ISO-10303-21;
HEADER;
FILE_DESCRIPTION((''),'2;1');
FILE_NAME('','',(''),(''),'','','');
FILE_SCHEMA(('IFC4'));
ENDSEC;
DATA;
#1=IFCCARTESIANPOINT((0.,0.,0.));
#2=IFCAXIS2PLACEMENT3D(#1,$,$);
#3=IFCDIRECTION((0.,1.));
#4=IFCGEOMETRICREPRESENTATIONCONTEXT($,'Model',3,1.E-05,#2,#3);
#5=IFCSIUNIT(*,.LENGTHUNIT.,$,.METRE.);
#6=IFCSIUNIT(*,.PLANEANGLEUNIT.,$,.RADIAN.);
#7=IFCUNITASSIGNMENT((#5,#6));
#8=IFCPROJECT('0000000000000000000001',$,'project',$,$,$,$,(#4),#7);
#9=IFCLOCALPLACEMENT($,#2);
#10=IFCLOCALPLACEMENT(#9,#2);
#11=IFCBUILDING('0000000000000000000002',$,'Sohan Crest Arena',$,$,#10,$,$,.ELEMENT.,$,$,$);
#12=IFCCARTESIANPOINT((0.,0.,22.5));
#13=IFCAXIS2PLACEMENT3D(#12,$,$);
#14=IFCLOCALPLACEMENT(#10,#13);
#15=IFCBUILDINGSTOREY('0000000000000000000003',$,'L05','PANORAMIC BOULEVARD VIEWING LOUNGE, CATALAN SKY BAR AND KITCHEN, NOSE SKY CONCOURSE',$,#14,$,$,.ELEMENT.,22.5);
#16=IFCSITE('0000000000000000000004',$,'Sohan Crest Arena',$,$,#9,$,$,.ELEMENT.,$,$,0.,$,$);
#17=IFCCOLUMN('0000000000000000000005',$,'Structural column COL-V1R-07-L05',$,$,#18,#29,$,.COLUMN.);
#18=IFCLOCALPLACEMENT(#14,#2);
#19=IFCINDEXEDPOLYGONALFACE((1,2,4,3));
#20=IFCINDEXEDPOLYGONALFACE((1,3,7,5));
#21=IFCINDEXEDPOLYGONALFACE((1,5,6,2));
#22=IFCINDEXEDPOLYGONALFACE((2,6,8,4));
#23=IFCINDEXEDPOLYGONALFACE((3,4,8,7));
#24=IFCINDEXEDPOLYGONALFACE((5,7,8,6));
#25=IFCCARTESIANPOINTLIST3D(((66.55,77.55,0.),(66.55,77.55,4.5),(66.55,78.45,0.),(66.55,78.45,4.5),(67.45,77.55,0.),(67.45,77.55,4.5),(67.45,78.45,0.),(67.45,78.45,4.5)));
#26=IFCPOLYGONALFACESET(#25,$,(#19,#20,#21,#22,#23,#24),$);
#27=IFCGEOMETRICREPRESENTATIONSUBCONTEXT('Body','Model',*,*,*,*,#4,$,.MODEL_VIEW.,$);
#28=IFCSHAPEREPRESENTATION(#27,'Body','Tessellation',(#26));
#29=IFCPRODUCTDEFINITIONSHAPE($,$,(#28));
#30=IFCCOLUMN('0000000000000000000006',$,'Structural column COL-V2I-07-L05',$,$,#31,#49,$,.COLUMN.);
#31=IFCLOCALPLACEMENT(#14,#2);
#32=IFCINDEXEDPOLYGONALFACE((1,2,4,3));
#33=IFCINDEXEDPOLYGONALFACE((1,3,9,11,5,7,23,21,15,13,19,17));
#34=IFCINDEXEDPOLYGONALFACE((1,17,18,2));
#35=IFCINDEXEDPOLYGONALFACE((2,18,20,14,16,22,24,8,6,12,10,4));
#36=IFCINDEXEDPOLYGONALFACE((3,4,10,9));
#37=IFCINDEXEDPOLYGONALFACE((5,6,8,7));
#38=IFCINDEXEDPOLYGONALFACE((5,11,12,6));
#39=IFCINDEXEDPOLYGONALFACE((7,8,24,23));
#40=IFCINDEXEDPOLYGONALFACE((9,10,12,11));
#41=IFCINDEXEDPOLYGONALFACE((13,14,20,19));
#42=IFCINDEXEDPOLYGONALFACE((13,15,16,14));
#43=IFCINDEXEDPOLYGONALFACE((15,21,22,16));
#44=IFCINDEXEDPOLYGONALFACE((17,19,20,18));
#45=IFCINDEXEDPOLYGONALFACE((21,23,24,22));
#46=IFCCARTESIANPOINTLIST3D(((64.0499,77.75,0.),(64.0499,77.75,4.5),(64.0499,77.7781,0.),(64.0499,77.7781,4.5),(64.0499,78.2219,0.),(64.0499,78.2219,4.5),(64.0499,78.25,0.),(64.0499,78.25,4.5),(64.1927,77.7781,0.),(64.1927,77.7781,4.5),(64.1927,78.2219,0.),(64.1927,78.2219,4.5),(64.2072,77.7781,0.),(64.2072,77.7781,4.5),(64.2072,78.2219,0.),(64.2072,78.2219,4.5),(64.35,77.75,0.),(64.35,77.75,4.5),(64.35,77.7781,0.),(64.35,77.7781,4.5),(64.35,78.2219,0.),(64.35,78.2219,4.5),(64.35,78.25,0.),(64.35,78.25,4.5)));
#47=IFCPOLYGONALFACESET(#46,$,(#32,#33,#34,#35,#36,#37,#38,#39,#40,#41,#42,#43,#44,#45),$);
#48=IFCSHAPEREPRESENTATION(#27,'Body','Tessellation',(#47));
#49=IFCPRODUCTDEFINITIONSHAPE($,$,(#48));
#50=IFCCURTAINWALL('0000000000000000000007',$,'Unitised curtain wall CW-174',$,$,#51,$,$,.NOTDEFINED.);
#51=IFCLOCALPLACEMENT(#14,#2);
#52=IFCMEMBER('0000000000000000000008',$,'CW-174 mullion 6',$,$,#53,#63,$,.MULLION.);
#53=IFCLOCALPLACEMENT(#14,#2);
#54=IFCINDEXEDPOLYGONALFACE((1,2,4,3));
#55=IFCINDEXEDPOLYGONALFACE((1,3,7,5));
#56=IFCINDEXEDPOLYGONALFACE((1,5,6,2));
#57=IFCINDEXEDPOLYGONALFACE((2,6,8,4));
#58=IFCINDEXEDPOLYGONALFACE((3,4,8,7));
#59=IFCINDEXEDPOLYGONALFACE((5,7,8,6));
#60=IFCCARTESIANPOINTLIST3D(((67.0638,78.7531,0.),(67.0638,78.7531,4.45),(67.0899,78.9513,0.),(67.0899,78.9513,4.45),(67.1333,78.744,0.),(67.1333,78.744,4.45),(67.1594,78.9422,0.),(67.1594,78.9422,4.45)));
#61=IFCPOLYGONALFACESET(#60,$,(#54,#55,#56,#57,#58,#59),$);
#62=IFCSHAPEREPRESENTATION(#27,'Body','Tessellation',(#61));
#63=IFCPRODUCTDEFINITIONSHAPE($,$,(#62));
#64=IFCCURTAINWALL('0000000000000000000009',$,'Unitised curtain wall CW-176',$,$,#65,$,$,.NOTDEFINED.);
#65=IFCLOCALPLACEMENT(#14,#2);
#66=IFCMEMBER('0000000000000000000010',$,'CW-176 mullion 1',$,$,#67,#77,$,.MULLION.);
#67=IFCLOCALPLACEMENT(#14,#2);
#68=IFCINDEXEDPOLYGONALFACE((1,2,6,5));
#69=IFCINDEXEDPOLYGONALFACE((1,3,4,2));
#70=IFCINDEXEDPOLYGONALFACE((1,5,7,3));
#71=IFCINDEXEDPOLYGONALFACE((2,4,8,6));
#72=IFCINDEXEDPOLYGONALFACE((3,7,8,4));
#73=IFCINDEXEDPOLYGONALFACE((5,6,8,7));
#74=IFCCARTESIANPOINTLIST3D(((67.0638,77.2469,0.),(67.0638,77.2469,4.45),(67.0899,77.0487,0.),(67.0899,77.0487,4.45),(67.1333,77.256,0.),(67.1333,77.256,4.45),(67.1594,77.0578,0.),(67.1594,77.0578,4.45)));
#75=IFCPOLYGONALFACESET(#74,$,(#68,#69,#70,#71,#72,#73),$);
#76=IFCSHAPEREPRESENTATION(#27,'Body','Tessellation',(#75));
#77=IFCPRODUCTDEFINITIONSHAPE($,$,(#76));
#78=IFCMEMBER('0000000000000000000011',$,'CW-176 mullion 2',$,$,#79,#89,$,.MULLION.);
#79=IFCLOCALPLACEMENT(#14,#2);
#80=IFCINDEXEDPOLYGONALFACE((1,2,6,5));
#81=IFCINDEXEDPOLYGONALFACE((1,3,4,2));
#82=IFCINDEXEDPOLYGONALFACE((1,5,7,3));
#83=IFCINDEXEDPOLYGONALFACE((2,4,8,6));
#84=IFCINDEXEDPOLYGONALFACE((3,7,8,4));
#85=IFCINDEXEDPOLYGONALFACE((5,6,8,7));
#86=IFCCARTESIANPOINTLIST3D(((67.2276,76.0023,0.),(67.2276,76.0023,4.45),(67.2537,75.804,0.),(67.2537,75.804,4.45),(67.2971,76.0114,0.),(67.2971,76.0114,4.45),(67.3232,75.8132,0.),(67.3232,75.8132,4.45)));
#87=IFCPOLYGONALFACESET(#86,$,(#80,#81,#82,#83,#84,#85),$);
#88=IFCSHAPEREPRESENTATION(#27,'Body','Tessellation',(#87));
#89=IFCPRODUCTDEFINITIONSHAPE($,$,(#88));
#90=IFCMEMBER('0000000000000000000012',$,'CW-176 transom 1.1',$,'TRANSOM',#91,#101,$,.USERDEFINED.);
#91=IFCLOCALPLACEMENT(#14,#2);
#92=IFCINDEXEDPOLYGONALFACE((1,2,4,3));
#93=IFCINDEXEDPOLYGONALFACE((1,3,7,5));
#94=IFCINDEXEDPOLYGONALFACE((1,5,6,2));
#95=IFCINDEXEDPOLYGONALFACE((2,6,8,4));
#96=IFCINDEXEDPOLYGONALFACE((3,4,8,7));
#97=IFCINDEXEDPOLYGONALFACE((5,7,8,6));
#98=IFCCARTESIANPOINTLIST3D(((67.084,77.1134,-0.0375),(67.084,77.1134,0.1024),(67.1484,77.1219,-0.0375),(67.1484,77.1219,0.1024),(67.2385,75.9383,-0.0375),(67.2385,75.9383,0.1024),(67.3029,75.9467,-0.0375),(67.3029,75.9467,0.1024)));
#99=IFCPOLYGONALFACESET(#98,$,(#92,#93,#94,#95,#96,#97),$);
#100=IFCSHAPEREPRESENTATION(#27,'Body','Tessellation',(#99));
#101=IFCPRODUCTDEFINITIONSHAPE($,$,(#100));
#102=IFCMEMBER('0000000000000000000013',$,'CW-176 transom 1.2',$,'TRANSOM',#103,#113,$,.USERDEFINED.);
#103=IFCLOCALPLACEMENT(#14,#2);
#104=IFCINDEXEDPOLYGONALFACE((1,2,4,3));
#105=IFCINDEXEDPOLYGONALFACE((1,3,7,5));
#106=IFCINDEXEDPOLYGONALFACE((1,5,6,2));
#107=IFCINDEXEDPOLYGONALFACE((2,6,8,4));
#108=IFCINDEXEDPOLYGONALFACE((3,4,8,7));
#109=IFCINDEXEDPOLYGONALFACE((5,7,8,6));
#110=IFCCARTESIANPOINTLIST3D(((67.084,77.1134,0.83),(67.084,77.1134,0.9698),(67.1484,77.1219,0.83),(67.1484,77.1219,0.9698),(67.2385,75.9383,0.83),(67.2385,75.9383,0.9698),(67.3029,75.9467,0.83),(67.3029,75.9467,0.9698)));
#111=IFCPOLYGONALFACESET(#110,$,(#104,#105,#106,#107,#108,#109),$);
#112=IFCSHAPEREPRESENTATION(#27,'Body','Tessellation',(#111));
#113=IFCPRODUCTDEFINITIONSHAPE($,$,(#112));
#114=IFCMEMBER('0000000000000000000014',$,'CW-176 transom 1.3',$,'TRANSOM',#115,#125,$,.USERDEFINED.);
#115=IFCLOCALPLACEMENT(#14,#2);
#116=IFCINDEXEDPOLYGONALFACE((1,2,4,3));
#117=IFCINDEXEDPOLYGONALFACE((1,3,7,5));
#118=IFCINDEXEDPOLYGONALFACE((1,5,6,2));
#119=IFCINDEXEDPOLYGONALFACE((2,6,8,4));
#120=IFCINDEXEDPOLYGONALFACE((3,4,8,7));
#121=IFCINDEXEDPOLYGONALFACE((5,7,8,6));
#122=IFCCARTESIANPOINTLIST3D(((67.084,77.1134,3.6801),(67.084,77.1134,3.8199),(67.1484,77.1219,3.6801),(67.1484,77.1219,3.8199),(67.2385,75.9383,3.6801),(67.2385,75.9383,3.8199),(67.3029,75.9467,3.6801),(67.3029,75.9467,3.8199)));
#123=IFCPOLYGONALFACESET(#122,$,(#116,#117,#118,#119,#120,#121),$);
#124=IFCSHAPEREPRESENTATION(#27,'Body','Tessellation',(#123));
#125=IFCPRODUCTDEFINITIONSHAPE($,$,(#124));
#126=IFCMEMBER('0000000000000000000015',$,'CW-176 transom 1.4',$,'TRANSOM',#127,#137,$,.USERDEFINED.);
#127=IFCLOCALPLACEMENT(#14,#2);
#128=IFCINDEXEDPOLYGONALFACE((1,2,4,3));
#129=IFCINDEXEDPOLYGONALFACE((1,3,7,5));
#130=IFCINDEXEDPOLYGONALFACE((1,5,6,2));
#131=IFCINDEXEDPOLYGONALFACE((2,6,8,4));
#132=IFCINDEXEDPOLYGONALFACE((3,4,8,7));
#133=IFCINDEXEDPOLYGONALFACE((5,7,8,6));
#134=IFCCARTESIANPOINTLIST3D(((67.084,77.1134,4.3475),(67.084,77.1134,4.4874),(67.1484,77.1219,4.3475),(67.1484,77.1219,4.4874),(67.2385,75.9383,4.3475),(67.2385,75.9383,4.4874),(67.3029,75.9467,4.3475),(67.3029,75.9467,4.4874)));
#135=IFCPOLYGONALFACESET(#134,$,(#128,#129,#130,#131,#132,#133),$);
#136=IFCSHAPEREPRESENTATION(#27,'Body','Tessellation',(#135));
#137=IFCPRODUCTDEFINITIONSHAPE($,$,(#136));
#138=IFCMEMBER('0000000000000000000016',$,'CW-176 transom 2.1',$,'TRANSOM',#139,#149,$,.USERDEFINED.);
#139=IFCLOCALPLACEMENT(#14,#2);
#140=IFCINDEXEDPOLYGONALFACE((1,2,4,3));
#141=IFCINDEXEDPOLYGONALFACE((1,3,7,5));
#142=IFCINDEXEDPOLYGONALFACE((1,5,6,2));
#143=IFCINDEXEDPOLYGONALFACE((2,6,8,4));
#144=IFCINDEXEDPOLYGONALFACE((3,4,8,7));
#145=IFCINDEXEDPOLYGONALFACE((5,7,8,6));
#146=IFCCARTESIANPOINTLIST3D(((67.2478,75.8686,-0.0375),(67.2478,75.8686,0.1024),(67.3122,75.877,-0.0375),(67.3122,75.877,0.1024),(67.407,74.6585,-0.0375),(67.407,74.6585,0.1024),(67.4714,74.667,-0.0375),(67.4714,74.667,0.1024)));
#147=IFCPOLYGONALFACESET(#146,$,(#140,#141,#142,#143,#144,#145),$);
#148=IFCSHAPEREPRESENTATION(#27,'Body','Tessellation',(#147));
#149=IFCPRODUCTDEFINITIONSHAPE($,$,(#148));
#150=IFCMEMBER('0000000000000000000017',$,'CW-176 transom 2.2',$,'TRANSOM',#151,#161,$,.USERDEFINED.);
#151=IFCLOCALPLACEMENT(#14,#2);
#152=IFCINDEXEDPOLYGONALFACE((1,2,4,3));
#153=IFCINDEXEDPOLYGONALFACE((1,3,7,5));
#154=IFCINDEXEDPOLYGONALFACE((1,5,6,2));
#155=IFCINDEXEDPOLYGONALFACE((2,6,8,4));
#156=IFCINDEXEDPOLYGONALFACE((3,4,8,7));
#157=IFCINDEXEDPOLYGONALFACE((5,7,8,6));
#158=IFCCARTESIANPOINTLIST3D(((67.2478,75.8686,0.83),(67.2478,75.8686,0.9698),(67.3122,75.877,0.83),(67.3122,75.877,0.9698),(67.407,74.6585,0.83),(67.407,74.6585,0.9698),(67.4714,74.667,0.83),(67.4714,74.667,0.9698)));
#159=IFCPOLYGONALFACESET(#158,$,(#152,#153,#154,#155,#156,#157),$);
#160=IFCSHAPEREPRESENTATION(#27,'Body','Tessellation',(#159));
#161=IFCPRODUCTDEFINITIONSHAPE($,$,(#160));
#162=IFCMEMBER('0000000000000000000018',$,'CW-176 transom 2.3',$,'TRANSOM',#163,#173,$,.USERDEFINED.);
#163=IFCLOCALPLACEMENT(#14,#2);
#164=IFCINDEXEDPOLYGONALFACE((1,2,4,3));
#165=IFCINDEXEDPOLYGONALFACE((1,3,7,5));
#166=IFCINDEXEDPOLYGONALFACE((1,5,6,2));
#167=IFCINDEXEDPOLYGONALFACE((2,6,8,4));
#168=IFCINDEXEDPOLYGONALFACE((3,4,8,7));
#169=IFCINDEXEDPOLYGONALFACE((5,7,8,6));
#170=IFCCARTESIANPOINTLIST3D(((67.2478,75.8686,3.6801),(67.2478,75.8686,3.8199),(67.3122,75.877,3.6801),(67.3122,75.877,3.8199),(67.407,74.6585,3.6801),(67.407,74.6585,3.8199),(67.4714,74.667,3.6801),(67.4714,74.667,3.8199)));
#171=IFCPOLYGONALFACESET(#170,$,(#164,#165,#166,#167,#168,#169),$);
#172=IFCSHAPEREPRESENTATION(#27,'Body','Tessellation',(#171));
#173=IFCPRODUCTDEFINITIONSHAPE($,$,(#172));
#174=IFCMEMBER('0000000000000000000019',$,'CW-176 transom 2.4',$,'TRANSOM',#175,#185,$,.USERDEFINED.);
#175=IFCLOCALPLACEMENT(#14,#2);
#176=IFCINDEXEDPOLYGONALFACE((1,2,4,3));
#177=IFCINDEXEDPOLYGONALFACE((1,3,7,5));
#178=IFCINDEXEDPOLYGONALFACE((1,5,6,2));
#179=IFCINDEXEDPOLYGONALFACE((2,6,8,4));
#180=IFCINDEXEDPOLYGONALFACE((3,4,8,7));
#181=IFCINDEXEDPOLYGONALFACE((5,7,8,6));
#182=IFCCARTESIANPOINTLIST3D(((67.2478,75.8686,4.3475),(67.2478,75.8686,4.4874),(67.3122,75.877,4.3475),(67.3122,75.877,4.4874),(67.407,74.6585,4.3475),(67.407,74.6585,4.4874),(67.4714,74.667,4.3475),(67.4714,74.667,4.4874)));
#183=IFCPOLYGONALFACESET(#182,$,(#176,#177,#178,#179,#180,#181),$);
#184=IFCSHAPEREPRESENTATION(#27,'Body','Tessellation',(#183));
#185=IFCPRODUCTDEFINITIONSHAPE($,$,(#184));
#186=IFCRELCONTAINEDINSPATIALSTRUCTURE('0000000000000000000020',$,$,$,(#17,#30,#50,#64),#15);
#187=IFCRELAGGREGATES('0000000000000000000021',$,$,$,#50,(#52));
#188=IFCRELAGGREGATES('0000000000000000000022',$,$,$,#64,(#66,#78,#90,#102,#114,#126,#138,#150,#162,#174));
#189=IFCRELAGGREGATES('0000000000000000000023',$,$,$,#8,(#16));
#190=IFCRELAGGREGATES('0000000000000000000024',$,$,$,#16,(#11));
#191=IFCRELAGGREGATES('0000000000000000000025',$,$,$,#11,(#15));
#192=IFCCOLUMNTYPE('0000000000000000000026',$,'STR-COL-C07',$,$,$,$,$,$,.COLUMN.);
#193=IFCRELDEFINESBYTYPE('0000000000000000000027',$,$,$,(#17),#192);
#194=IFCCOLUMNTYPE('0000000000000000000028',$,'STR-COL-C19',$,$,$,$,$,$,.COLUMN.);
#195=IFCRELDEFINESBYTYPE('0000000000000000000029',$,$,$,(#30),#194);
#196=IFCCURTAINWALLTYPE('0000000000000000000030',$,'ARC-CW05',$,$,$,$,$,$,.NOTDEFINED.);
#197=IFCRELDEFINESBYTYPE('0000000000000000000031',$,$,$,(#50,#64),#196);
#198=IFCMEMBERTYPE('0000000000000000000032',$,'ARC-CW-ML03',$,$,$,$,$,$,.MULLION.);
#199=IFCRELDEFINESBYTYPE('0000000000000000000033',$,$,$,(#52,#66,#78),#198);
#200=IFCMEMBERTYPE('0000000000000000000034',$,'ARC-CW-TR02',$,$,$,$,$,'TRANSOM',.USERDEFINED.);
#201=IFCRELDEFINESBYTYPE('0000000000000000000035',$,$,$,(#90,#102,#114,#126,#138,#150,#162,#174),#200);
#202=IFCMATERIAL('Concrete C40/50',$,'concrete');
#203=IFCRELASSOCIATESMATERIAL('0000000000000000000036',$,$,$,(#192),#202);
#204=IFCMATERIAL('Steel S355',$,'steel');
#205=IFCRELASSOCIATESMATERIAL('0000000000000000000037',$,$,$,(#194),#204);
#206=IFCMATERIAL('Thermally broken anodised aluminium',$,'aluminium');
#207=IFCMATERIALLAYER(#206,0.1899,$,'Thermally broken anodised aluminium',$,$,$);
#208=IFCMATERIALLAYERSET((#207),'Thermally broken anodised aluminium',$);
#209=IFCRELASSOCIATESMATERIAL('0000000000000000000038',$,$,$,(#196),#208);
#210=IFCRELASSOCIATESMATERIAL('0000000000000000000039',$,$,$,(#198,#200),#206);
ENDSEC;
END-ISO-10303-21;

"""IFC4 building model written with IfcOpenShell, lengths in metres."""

from ifc_helpers import new_model, si_unit, direction, frame, origin, origin_2d, place, context, subcontext, project, spatial, rectangle, i_section, extrude, material, layer, layer_set, material_profile, profile_set, type_object, element, aggregate, save


model = new_model("IFC4")

# Units and contexts
model_context = context("Model", 3, precision=1e-05, world=origin(), true_north=direction((0.0, 1.0)))
body_context = subcontext(model_context, "Body", "Model", "MODEL_VIEW")
ifc_project = project(units=[si_unit("LENGTHUNIT", "METRE"), si_unit("PLANEANGLEUNIT", "RADIAN")], contexts=[model_context])

# Site, building, storey
site_placement = place(None, origin())
site = spatial("IfcSite", under=ifc_project, at=site_placement, Name="Sohan Crest Arena", CompositionType="ELEMENT", RefElevation=0.0)
building_placement = place(site_placement, origin())
building = spatial("IfcBuilding", under=site, at=building_placement, Name="Sohan Crest Arena", CompositionType="ELEMENT")
storey_placement = place(building_placement, frame((0.0, 0.0, 22.5)))
storey = spatial("IfcBuildingStorey", under=building, at=storey_placement, Name="L05", Description="PANORAMIC BOULEVARD VIEWING LOUNGE, CATALAN SKY BAR AND KITCHEN, NOSE SKY CONCOURSE", CompositionType="ELEMENT", Elevation=22.5)

# Columns
ifc_material_1 = material(Name="Concrete C40/50", Category="concrete")
ifc_material_profile_1 = material_profile(ifc_material_1, rectangle(XDim=0.8999, YDim=0.8999, at=origin_2d()), Name="RC 900x900")
ifc_profile_set_1 = profile_set([ifc_material_profile_1], Name="Concrete C40/50")
column_type_1 = type_object("IfcColumnType", Name="STR-COL-C07", PredefinedType="COLUMN", material=ifc_profile_set_1)
column_1_placement = place(storey_placement, frame((67.0, 78.0, 0.0), z_axis=(0.0, 0.0, 1.0), x_axis=(1.0, 0.0, 0.0)))
element("IfcColumn", 1, at=column_1_placement, inside=storey, type_object=column_type_1, Name="Structural column COL-V1R-07-L05", PredefinedType="COLUMN", context=body_context, shape_type="SweptSolid", body=[
    extrude(rectangle(XDim=0.8999, YDim=0.8999, at=origin_2d()), origin(), (0.0, 0.0, 1.0), 4.5),
])
ifc_material_2 = material(Name="Steel S355", Category="steel")
ifc_material_profile_2 = material_profile(ifc_material_2, i_section(OverallWidth=0.3, OverallDepth=0.5, WebThickness=0.0144, FlangeThickness=0.0281, at=origin_2d()), Name="HEB 500")
ifc_profile_set_2 = profile_set([ifc_material_profile_2], Name="Steel S355")
column_type_2 = type_object("IfcColumnType", Name="STR-COL-C19", PredefinedType="COLUMN", material=ifc_profile_set_2)
column_2_placement = place(storey_placement, frame((64.2, 78.0, 0.0), z_axis=(0.0, 0.0, 1.0), x_axis=(1.0, 0.0, 0.0)))
element("IfcColumn", 2, at=column_2_placement, inside=storey, type_object=column_type_2, Name="Structural column COL-V2I-07-L05", PredefinedType="COLUMN", context=body_context, shape_type="SweptSolid", body=[
    extrude(i_section(OverallWidth=0.3, OverallDepth=0.5, WebThickness=0.0144, FlangeThickness=0.0281, at=origin_2d()), origin(), (0.0, 0.0, 1.0), 4.5),
])

# Curtain wall, member
ifc_material_3 = material(Name="Thermally broken anodised aluminium", Category="aluminium")
ifc_layer_1 = layer(ifc_material_3, 0.1899, Name="Thermally broken anodised aluminium")
ifc_layer_set_1 = layer_set([ifc_layer_1], Name="Thermally broken anodised aluminium")
curtain_wall_type = type_object("IfcCurtainWallType", Name="ARC-CW05", PredefinedType="NOTDEFINED", material=ifc_layer_set_1)
curtain_wall_1_placement = place(storey_placement, origin())
curtain_wall_1 = element("IfcCurtainWall", 3, at=curtain_wall_1_placement, inside=storey, type_object=curtain_wall_type, Name="Unitised curtain wall CW-174", PredefinedType="NOTDEFINED")
ifc_material_profile_3 = material_profile(ifc_material_3, rectangle(XDim=0.0701, YDim=0.2, at=origin_2d()), Name="ALU-MULL 70x200")
ifc_profile_set_3 = profile_set([ifc_material_profile_3], Name="Thermally broken anodised aluminium")
member_type_1 = type_object("IfcMemberType", Name="ARC-CW-ML03", PredefinedType="MULLION", material=ifc_profile_set_3)
member_1_placement = place(storey_placement, frame((67.1116, 78.8477, 0.0), z_axis=(0.0, 0.0, 1.0), x_axis=(0.991448, -0.130499, 0.0)))
member_1 = element("IfcMember", 4, at=member_1_placement, type_object=member_type_1, Name="CW-174 mullion 6", PredefinedType="MULLION", context=body_context, shape_type="SweptSolid", body=[
    extrude(rectangle(XDim=0.0701, YDim=0.2, at=origin_2d()), origin(), (0.0, 0.0, 1.0), 4.45),
])

# Curtain wall, members
curtain_wall_2_placement = place(storey_placement, origin())
curtain_wall_2 = element("IfcCurtainWall", 5, at=curtain_wall_2_placement, inside=storey, type_object=curtain_wall_type, Name="Unitised curtain wall CW-176", PredefinedType="NOTDEFINED")
member_2_placement = place(storey_placement, frame((67.1116, 77.1523, 0.0), z_axis=(0.0, 0.0, 1.0), x_axis=(0.991448, 0.130499, 0.0)))
member_2 = element("IfcMember", 6, at=member_2_placement, type_object=member_type_1, Name="CW-176 mullion 1", PredefinedType="MULLION", context=body_context, shape_type="SweptSolid", body=[
    extrude(rectangle(XDim=0.0701, YDim=0.2, at=origin_2d()), origin(), (0.0, 0.0, 1.0), 4.45),
])
member_3_placement = place(storey_placement, frame((67.2754, 75.9077, 0.0), z_axis=(0.0, 0.0, 1.0), x_axis=(0.991448, 0.130499, 0.0)))
member_3 = element("IfcMember", 7, at=member_3_placement, type_object=member_type_1, Name="CW-176 mullion 2", PredefinedType="MULLION", context=body_context, shape_type="SweptSolid", body=[
    extrude(rectangle(XDim=0.0701, YDim=0.2, at=origin_2d()), origin(), (0.0, 0.0, 1.0), 4.45),
])
ifc_material_profile_4 = material_profile(ifc_material_3, rectangle(XDim=0.0649, YDim=0.1399, at=origin_2d()), Name="ALU-TRAN 65x140")
ifc_profile_set_4 = profile_set([ifc_material_profile_4], Name="Thermally broken anodised aluminium")
member_type_2 = type_object("IfcMemberType", Name="ARC-CW-TR02", ElementType="TRANSOM", PredefinedType="USERDEFINED", material=ifc_profile_set_4)
member_4_placement = place(storey_placement, frame((67.1162, 77.1177, 0.0325), z_axis=(0.130369, -0.991466, 0.0), x_axis=(0.991466, 0.130369, 0.0)))
member_4 = element("IfcMember", 8, at=member_4_placement, type_object=member_type_2, Name="CW-176 transom 1.1", ObjectType="TRANSOM", PredefinedType="USERDEFINED", context=body_context, shape_type="SweptSolid", body=[
    extrude(rectangle(XDim=0.0649, YDim=0.1399, at=origin_2d()), origin(), (0.0, 0.0, 1.0), 1.1853),
])
member_5_placement = place(storey_placement, frame((67.1162, 77.1177, 0.8999), z_axis=(0.130369, -0.991466, 0.0), x_axis=(0.991466, 0.130369, 0.0)))
member_5 = element("IfcMember", 9, at=member_5_placement, type_object=member_type_2, Name="CW-176 transom 1.2", ObjectType="TRANSOM", PredefinedType="USERDEFINED", context=body_context, shape_type="SweptSolid", body=[
    extrude(rectangle(XDim=0.0649, YDim=0.1399, at=origin_2d()), origin(), (0.0, 0.0, 1.0), 1.1853),
])
member_6_placement = place(storey_placement, frame((67.1162, 77.1177, 3.75), z_axis=(0.130369, -0.991466, 0.0), x_axis=(0.991466, 0.130369, 0.0)))
member_6 = element("IfcMember", 10, at=member_6_placement, type_object=member_type_2, Name="CW-176 transom 1.3", ObjectType="TRANSOM", PredefinedType="USERDEFINED", context=body_context, shape_type="SweptSolid", body=[
    extrude(rectangle(XDim=0.0649, YDim=0.1399, at=origin_2d()), origin(), (0.0, 0.0, 1.0), 1.1853),
])
member_7_placement = place(storey_placement, frame((67.1162, 77.1177, 4.4175), z_axis=(0.130369, -0.991466, 0.0), x_axis=(0.991466, 0.130369, 0.0)))
member_7 = element("IfcMember", 11, at=member_7_placement, type_object=member_type_2, Name="CW-176 transom 1.4", ObjectType="TRANSOM", PredefinedType="USERDEFINED", context=body_context, shape_type="SweptSolid", body=[
    extrude(rectangle(XDim=0.0649, YDim=0.1399, at=origin_2d()), origin(), (0.0, 0.0, 1.0), 1.1853),
])
member_8_placement = place(storey_placement, frame((67.28, 75.8728, 0.0325), z_axis=(0.130434, -0.991457, 0.0), x_axis=(0.991457, 0.130434, 0.0)))
member_8 = element("IfcMember", 12, at=member_8_placement, type_object=member_type_2, Name="CW-176 transom 2.1", ObjectType="TRANSOM", PredefinedType="USERDEFINED", context=body_context, shape_type="SweptSolid", body=[
    extrude(rectangle(XDim=0.0649, YDim=0.1399, at=origin_2d()), origin(), (0.0, 0.0, 1.0), 1.2205),
])
member_9_placement = place(storey_placement, frame((67.28, 75.8728, 0.8999), z_axis=(0.130434, -0.991457, 0.0), x_axis=(0.991457, 0.130434, 0.0)))
member_9 = element("IfcMember", 13, at=member_9_placement, type_object=member_type_2, Name="CW-176 transom 2.2", ObjectType="TRANSOM", PredefinedType="USERDEFINED", context=body_context, shape_type="SweptSolid", body=[
    extrude(rectangle(XDim=0.0649, YDim=0.1399, at=origin_2d()), origin(), (0.0, 0.0, 1.0), 1.2205),
])
member_10_placement = place(storey_placement, frame((67.28, 75.8728, 3.75), z_axis=(0.130434, -0.991457, 0.0), x_axis=(0.991457, 0.130434, 0.0)))
member_10 = element("IfcMember", 14, at=member_10_placement, type_object=member_type_2, Name="CW-176 transom 2.3", ObjectType="TRANSOM", PredefinedType="USERDEFINED", context=body_context, shape_type="SweptSolid", body=[
    extrude(rectangle(XDim=0.0649, YDim=0.1399, at=origin_2d()), origin(), (0.0, 0.0, 1.0), 1.2205),
])
member_11_placement = place(storey_placement, frame((67.28, 75.8728, 4.4175), z_axis=(0.130434, -0.991457, 0.0), x_axis=(0.991457, 0.130434, 0.0)))
member_11 = element("IfcMember", 15, at=member_11_placement, type_object=member_type_2, Name="CW-176 transom 2.4", ObjectType="TRANSOM", PredefinedType="USERDEFINED", context=body_context, shape_type="SweptSolid", body=[
    extrude(rectangle(XDim=0.0649, YDim=0.1399, at=origin_2d()), origin(), (0.0, 0.0, 1.0), 1.2205),
])

aggregate(curtain_wall_1, [member_1])
aggregate(curtain_wall_2, [member_2, member_3, member_4, member_5, member_6, member_7, member_8, member_9, member_10, member_11])

save(model, "model.ifc")
